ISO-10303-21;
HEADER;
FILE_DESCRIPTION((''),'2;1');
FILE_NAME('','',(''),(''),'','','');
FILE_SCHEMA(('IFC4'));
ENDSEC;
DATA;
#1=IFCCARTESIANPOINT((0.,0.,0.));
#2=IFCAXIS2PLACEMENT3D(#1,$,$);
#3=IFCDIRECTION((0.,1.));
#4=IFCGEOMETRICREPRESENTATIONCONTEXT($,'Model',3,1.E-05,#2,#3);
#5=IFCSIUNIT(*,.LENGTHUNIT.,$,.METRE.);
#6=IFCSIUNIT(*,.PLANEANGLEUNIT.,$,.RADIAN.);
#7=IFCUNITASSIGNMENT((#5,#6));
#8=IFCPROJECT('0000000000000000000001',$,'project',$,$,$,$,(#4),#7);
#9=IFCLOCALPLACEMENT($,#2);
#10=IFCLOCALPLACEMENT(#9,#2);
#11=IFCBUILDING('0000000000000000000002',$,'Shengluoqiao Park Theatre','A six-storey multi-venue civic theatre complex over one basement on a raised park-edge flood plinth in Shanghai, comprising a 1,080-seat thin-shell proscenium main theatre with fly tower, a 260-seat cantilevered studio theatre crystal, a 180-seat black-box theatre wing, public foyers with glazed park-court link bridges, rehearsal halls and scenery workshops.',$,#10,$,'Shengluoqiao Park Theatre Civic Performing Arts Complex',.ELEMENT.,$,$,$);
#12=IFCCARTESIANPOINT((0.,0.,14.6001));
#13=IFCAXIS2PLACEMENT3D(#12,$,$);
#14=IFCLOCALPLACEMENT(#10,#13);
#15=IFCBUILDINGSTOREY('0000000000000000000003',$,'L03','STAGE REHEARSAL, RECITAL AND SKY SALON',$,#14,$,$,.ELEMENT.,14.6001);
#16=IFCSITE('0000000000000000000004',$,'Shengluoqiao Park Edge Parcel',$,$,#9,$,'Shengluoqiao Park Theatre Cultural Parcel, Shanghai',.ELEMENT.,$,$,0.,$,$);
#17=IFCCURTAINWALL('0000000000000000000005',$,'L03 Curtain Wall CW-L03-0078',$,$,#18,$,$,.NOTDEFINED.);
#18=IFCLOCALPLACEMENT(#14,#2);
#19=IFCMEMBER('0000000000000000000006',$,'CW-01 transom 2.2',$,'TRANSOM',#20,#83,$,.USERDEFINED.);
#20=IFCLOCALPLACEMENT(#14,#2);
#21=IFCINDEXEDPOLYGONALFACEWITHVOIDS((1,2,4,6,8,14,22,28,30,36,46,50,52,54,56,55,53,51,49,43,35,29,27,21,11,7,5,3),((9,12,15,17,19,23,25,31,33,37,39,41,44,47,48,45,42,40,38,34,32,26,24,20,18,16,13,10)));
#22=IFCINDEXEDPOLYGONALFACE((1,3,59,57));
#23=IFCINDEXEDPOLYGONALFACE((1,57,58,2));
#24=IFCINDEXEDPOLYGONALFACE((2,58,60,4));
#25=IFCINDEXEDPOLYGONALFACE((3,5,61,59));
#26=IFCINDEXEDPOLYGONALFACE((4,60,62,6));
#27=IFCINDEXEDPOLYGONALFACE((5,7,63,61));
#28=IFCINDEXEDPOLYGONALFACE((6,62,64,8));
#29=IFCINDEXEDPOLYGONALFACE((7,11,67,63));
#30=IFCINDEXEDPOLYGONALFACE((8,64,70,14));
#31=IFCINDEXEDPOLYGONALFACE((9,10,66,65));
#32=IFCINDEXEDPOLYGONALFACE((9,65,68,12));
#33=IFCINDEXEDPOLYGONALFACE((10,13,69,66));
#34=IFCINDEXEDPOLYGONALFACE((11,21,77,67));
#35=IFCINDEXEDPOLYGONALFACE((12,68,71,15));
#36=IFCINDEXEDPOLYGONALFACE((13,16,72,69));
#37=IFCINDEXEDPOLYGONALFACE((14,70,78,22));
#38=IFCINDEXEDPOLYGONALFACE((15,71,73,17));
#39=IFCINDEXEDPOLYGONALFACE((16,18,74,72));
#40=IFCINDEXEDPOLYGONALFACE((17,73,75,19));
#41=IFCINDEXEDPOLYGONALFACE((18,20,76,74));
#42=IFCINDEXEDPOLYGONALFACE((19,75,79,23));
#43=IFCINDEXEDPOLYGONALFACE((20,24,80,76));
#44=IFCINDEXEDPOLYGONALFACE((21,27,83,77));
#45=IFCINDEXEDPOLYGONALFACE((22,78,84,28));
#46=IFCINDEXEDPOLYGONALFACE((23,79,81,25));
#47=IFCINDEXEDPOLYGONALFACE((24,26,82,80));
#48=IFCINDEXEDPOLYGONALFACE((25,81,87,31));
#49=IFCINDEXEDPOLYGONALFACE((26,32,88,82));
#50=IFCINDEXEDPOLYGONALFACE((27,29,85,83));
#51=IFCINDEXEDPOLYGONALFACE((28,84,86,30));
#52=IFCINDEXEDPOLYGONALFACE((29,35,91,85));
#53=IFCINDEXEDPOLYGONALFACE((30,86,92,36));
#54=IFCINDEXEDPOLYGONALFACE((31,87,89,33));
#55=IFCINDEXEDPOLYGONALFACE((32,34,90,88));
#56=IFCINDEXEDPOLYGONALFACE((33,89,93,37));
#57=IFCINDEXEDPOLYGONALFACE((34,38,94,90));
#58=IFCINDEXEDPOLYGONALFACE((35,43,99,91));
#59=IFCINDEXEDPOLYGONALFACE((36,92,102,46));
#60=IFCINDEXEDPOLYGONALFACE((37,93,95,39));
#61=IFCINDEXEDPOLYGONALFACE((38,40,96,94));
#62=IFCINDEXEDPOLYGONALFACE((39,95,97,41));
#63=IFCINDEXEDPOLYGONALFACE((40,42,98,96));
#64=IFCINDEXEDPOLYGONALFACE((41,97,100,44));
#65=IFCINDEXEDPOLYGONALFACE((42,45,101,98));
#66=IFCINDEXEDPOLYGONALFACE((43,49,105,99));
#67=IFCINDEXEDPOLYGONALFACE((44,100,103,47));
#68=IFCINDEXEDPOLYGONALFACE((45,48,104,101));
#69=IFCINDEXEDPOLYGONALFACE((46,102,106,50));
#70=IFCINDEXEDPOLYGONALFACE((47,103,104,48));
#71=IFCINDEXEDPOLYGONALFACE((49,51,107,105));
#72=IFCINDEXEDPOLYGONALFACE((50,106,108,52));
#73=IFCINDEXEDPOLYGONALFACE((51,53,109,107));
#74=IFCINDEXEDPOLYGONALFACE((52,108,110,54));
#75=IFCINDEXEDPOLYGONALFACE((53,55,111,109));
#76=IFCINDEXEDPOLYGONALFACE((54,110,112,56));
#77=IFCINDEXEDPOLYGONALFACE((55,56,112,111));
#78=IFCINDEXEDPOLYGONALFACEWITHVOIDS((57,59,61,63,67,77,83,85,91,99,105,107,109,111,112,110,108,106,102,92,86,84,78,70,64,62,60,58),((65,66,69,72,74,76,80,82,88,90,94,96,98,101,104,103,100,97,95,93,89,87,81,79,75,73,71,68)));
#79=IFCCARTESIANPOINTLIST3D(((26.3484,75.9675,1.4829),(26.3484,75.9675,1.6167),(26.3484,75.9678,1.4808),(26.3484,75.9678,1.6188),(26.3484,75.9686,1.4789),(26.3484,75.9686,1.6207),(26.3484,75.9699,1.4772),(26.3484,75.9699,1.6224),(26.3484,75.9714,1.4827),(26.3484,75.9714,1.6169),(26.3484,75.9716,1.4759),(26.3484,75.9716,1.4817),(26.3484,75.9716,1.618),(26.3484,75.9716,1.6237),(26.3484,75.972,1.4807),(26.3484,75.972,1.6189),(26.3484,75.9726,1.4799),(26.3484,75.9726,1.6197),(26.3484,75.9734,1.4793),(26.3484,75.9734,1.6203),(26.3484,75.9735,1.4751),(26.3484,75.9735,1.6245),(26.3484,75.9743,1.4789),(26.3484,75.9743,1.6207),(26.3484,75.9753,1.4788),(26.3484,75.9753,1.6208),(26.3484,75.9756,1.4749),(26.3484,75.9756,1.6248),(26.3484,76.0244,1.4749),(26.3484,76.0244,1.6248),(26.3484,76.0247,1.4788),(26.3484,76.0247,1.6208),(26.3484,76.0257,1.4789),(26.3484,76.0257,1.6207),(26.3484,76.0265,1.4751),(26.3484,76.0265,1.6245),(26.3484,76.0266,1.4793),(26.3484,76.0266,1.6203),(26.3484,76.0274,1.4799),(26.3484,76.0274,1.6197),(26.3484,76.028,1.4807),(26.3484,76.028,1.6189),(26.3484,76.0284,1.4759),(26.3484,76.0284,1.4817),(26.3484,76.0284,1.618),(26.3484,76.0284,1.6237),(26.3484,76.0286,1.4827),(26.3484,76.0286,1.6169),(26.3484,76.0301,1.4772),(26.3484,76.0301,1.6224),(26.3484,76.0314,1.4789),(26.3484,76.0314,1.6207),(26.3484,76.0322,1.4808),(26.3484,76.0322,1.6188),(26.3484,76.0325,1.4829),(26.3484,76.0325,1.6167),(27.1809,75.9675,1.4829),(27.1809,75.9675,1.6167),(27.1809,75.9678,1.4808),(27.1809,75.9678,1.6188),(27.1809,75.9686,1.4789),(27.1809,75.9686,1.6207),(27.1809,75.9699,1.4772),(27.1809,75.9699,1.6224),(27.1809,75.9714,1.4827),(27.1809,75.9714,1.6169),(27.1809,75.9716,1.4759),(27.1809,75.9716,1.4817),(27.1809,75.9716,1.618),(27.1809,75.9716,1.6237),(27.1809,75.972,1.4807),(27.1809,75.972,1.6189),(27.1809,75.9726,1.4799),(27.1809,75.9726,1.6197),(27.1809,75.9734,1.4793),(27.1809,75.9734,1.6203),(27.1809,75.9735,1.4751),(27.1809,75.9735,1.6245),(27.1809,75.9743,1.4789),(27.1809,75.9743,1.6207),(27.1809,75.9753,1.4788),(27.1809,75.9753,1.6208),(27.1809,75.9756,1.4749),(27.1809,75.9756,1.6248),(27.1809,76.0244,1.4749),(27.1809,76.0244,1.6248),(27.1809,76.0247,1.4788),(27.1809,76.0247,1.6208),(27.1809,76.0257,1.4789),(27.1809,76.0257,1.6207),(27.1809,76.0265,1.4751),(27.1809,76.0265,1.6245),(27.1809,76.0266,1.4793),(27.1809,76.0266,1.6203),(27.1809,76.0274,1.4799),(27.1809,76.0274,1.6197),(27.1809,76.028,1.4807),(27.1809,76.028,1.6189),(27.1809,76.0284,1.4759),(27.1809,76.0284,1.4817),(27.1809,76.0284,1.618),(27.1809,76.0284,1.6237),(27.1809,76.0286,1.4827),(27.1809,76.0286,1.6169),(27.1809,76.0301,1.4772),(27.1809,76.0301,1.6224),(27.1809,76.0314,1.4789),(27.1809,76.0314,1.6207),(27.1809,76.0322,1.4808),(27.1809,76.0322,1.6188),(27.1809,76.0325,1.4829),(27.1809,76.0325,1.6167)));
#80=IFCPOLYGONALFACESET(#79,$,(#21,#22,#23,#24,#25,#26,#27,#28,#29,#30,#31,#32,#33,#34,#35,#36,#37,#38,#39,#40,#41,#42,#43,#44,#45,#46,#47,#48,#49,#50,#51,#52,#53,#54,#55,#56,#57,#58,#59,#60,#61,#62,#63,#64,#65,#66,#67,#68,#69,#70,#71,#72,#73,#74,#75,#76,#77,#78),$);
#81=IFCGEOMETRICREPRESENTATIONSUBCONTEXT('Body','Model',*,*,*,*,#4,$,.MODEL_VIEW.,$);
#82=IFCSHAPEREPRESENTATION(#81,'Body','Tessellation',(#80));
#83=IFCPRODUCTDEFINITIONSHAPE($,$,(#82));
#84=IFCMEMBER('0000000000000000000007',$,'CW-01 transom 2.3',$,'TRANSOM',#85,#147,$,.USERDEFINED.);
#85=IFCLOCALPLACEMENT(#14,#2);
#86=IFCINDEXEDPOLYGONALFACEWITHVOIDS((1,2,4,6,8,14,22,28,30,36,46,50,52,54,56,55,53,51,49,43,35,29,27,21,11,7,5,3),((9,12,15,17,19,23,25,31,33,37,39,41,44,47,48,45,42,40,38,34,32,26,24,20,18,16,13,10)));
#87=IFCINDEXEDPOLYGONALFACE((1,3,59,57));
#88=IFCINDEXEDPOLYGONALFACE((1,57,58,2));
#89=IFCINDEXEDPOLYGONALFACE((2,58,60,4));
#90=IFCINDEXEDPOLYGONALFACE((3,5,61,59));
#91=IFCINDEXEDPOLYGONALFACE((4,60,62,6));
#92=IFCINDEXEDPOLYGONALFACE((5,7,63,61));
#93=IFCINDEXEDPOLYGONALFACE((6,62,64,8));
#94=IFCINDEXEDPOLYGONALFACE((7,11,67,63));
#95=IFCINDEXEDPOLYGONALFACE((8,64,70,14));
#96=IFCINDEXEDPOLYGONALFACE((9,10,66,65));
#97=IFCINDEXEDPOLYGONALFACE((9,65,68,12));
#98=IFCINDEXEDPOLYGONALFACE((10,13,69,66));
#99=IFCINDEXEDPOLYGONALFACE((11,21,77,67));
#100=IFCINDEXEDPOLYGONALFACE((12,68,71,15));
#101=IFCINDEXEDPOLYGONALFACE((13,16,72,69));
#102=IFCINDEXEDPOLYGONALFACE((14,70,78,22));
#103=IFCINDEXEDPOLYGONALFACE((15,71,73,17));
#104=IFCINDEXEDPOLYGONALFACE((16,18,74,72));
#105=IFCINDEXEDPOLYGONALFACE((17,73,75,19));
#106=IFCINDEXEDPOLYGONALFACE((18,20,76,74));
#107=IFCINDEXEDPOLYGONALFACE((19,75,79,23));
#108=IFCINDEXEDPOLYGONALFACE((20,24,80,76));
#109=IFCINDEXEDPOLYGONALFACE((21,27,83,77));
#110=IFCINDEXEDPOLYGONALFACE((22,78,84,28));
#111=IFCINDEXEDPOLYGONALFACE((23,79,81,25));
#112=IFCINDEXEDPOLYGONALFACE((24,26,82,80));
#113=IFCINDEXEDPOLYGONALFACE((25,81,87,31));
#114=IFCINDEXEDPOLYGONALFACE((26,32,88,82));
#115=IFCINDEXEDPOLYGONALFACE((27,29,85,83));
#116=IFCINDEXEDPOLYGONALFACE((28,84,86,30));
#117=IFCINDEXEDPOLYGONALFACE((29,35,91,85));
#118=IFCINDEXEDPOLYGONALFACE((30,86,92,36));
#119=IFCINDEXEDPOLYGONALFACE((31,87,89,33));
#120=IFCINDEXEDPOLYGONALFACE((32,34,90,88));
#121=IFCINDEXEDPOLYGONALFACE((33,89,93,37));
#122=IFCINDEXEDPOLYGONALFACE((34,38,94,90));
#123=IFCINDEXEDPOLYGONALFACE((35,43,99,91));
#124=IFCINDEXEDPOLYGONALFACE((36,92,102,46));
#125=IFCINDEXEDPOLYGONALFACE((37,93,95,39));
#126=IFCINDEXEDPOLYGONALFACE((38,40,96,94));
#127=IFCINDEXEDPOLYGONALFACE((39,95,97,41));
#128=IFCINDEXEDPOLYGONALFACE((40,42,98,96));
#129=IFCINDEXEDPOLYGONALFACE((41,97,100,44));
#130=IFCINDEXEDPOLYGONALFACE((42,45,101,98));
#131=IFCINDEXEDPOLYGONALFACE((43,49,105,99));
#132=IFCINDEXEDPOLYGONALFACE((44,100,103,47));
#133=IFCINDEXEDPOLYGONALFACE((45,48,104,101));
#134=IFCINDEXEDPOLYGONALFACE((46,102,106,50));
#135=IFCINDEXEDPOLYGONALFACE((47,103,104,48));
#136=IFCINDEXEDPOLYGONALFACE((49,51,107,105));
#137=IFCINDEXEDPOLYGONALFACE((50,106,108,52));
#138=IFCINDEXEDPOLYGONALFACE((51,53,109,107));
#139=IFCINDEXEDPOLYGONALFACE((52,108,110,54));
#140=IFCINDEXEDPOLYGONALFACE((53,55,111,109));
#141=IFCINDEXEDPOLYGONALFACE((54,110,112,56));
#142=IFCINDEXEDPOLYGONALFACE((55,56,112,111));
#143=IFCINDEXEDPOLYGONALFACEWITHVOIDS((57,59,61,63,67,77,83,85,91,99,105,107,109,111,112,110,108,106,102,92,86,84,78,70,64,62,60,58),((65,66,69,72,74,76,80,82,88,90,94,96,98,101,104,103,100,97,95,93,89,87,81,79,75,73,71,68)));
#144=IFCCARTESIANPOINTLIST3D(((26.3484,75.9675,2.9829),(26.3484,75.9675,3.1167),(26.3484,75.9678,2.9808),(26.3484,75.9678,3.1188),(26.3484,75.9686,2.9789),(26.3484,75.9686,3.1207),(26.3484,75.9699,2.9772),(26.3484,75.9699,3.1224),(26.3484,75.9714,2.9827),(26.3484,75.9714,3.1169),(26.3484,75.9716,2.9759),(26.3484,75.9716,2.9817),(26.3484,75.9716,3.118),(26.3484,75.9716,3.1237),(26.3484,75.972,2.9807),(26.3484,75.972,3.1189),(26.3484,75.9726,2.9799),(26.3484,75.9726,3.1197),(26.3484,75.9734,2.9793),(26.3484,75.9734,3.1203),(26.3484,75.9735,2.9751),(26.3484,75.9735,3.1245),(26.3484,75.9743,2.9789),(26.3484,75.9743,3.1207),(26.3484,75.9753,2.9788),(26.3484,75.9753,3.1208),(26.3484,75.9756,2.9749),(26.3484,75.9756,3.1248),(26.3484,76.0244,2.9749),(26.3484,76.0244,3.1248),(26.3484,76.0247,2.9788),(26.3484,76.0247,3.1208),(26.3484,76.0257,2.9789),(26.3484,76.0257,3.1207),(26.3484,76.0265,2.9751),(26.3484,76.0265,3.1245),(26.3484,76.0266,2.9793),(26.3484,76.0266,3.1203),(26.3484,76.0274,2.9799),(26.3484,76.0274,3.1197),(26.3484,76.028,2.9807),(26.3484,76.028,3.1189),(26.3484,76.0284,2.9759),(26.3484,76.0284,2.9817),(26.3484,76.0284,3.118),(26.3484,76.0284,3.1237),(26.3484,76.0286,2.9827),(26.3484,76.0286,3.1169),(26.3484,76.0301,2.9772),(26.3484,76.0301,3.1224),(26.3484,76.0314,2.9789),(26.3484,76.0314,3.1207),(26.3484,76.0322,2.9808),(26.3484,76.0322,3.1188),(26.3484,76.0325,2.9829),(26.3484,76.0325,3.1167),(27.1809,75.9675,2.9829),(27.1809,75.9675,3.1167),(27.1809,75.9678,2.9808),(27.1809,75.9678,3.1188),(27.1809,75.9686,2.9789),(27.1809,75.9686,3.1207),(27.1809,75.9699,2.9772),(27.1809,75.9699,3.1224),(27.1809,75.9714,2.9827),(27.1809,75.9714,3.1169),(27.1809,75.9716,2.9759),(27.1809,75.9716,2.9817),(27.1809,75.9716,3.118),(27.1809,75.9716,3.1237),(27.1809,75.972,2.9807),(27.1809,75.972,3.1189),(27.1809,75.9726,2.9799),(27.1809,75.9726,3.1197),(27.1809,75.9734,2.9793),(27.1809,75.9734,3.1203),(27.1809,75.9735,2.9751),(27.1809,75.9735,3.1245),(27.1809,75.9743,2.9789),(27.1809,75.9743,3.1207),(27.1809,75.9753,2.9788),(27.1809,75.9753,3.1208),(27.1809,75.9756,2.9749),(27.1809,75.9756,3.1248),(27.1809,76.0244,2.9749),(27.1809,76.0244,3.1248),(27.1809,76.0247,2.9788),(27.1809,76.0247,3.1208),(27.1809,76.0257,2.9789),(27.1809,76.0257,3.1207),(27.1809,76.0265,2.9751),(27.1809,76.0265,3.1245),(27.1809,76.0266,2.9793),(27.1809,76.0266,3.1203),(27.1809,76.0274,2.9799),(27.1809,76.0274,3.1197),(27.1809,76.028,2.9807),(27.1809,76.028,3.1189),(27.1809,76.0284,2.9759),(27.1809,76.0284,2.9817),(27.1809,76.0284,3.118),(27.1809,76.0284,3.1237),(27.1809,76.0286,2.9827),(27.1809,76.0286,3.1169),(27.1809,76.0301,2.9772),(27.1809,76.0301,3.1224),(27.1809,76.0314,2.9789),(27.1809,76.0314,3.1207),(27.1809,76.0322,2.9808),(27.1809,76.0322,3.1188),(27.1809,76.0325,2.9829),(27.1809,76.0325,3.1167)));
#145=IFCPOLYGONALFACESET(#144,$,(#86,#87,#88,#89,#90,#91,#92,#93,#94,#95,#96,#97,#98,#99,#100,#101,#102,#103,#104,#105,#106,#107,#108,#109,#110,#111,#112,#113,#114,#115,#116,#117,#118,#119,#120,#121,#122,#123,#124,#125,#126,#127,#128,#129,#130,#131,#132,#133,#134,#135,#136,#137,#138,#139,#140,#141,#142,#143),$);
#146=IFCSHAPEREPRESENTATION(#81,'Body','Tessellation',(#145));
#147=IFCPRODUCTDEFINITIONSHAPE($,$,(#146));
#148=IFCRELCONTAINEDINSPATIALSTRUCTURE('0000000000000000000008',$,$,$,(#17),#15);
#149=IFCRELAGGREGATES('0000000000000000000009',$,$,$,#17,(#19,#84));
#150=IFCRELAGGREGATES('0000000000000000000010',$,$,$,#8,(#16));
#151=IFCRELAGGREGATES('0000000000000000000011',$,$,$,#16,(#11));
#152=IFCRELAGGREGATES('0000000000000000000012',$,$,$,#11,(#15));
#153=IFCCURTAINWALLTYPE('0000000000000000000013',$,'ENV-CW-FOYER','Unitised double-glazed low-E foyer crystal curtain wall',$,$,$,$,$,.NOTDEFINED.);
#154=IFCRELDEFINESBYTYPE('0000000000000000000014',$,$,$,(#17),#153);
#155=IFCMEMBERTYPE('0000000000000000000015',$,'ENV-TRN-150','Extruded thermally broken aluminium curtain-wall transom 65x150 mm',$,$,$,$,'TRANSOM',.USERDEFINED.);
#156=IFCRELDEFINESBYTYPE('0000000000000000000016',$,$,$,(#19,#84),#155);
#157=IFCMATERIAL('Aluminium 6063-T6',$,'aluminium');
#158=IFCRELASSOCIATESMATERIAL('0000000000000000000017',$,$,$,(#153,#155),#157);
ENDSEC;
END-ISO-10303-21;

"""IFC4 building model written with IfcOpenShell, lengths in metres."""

from ifc_helpers import new_model, si_unit, direction, frame, origin, origin_2d, place, context, subcontext, project, spatial, hollow_rectangle, extrude, material, material_profile, profile_set, type_object, element, aggregate, save


model = new_model("IFC4")

# Units and contexts
model_context = context("Model", 3, precision=1e-05, world=origin(), true_north=direction((0.0, 1.0)))
body_context = subcontext(model_context, "Body", "Model", "MODEL_VIEW")
ifc_project = project(units=[si_unit("LENGTHUNIT", "METRE"), si_unit("PLANEANGLEUNIT", "RADIAN")], contexts=[model_context])

# Site, building, storey
site_placement = place(None, origin())
site = spatial("IfcSite", under=ifc_project, at=site_placement, Name="Shengluoqiao Park Edge Parcel", LongName="Shengluoqiao Park Theatre Cultural Parcel, Shanghai", CompositionType="ELEMENT", RefElevation=0.0)
building_placement = place(site_placement, origin())
building = spatial("IfcBuilding", under=site, at=building_placement, Name="Shengluoqiao Park Theatre", Description="A six-storey multi-venue civic theatre complex over one basement on a raised park-edge flood plinth in Shanghai, comprising a 1,080-seat thin-shell proscenium main theatre with fly tower, a 260-seat cantilevered studio theatre crystal, a 180-seat black-box theatre wing, public foyers with glazed park-court link bridges, rehearsal halls and scenery workshops.", LongName="Shengluoqiao Park Theatre Civic Performing Arts Complex", CompositionType="ELEMENT")
storey_placement = place(building_placement, frame((0.0, 0.0, 14.6001)))
storey = spatial("IfcBuildingStorey", under=building, at=storey_placement, Name="L03", Description="STAGE REHEARSAL, RECITAL AND SKY SALON", CompositionType="ELEMENT", Elevation=14.6001)

# Curtain wall
ifc_material_1 = material(Name="Aluminium 6063-T6", Category="aluminium")
curtain_wall_type = type_object("IfcCurtainWallType", Name="ENV-CW-FOYER", Description="Unitised double-glazed low-E foyer crystal curtain wall", PredefinedType="NOTDEFINED", material=ifc_material_1)
curtain_wall_1_placement = place(storey_placement, origin())
curtain_wall_1 = element("IfcCurtainWall", 1, at=curtain_wall_1_placement, inside=storey, type_object=curtain_wall_type, Name="L03 Curtain Wall CW-L03-0078", PredefinedType="NOTDEFINED")

# Members
ifc_material_profile_1 = material_profile(ifc_material_1, hollow_rectangle(XDim=0.0649, YDim=0.1499, WallThickness=0.0039, InnerFilletRadius=0.0039, OuterFilletRadius=0.0081, at=origin_2d()), Name="ALU TRANSOM 150x65x4")
ifc_profile_set_1 = profile_set([ifc_material_profile_1], Name="Aluminium 6063-T6")
member_type_1 = type_object("IfcMemberType", Name="ENV-TRN-150", Description="Extruded thermally broken aluminium curtain-wall transom 65x150 mm", ElementType="TRANSOM", PredefinedType="USERDEFINED", material=ifc_profile_set_1)
member_1_placement = place(storey_placement, frame((26.3484, 76.0, 1.5498), z_axis=(1.0, 0.0, 0.0), x_axis=(0.0, 1.0, 0.0)))
member_1 = element("IfcMember", 2, at=member_1_placement, type_object=member_type_1, Name="CW-01 transom 2.2", ObjectType="TRANSOM", PredefinedType="USERDEFINED", context=body_context, shape_type="SweptSolid", body=[
    extrude(hollow_rectangle(XDim=0.0649, YDim=0.1499, WallThickness=0.0039, InnerFilletRadius=0.0039, OuterFilletRadius=0.0081, at=origin_2d()), origin(), (0.0, 0.0, 1.0), 0.8325),
])
member_2_placement = place(storey_placement, frame((26.3484, 76.0, 3.0498), z_axis=(1.0, 0.0, 0.0), x_axis=(0.0, 1.0, 0.0)))
member_2 = element("IfcMember", 3, at=member_2_placement, type_object=member_type_1, Name="CW-01 transom 2.3", ObjectType="TRANSOM", PredefinedType="USERDEFINED", context=body_context, shape_type="SweptSolid", body=[
    extrude(hollow_rectangle(XDim=0.0649, YDim=0.1499, WallThickness=0.0039, InnerFilletRadius=0.0039, OuterFilletRadius=0.0081, at=origin_2d()), origin(), (0.0, 0.0, 1.0), 0.8325),
])

aggregate(curtain_wall_1, [member_1, member_2])

save(model, "model.ifc")
